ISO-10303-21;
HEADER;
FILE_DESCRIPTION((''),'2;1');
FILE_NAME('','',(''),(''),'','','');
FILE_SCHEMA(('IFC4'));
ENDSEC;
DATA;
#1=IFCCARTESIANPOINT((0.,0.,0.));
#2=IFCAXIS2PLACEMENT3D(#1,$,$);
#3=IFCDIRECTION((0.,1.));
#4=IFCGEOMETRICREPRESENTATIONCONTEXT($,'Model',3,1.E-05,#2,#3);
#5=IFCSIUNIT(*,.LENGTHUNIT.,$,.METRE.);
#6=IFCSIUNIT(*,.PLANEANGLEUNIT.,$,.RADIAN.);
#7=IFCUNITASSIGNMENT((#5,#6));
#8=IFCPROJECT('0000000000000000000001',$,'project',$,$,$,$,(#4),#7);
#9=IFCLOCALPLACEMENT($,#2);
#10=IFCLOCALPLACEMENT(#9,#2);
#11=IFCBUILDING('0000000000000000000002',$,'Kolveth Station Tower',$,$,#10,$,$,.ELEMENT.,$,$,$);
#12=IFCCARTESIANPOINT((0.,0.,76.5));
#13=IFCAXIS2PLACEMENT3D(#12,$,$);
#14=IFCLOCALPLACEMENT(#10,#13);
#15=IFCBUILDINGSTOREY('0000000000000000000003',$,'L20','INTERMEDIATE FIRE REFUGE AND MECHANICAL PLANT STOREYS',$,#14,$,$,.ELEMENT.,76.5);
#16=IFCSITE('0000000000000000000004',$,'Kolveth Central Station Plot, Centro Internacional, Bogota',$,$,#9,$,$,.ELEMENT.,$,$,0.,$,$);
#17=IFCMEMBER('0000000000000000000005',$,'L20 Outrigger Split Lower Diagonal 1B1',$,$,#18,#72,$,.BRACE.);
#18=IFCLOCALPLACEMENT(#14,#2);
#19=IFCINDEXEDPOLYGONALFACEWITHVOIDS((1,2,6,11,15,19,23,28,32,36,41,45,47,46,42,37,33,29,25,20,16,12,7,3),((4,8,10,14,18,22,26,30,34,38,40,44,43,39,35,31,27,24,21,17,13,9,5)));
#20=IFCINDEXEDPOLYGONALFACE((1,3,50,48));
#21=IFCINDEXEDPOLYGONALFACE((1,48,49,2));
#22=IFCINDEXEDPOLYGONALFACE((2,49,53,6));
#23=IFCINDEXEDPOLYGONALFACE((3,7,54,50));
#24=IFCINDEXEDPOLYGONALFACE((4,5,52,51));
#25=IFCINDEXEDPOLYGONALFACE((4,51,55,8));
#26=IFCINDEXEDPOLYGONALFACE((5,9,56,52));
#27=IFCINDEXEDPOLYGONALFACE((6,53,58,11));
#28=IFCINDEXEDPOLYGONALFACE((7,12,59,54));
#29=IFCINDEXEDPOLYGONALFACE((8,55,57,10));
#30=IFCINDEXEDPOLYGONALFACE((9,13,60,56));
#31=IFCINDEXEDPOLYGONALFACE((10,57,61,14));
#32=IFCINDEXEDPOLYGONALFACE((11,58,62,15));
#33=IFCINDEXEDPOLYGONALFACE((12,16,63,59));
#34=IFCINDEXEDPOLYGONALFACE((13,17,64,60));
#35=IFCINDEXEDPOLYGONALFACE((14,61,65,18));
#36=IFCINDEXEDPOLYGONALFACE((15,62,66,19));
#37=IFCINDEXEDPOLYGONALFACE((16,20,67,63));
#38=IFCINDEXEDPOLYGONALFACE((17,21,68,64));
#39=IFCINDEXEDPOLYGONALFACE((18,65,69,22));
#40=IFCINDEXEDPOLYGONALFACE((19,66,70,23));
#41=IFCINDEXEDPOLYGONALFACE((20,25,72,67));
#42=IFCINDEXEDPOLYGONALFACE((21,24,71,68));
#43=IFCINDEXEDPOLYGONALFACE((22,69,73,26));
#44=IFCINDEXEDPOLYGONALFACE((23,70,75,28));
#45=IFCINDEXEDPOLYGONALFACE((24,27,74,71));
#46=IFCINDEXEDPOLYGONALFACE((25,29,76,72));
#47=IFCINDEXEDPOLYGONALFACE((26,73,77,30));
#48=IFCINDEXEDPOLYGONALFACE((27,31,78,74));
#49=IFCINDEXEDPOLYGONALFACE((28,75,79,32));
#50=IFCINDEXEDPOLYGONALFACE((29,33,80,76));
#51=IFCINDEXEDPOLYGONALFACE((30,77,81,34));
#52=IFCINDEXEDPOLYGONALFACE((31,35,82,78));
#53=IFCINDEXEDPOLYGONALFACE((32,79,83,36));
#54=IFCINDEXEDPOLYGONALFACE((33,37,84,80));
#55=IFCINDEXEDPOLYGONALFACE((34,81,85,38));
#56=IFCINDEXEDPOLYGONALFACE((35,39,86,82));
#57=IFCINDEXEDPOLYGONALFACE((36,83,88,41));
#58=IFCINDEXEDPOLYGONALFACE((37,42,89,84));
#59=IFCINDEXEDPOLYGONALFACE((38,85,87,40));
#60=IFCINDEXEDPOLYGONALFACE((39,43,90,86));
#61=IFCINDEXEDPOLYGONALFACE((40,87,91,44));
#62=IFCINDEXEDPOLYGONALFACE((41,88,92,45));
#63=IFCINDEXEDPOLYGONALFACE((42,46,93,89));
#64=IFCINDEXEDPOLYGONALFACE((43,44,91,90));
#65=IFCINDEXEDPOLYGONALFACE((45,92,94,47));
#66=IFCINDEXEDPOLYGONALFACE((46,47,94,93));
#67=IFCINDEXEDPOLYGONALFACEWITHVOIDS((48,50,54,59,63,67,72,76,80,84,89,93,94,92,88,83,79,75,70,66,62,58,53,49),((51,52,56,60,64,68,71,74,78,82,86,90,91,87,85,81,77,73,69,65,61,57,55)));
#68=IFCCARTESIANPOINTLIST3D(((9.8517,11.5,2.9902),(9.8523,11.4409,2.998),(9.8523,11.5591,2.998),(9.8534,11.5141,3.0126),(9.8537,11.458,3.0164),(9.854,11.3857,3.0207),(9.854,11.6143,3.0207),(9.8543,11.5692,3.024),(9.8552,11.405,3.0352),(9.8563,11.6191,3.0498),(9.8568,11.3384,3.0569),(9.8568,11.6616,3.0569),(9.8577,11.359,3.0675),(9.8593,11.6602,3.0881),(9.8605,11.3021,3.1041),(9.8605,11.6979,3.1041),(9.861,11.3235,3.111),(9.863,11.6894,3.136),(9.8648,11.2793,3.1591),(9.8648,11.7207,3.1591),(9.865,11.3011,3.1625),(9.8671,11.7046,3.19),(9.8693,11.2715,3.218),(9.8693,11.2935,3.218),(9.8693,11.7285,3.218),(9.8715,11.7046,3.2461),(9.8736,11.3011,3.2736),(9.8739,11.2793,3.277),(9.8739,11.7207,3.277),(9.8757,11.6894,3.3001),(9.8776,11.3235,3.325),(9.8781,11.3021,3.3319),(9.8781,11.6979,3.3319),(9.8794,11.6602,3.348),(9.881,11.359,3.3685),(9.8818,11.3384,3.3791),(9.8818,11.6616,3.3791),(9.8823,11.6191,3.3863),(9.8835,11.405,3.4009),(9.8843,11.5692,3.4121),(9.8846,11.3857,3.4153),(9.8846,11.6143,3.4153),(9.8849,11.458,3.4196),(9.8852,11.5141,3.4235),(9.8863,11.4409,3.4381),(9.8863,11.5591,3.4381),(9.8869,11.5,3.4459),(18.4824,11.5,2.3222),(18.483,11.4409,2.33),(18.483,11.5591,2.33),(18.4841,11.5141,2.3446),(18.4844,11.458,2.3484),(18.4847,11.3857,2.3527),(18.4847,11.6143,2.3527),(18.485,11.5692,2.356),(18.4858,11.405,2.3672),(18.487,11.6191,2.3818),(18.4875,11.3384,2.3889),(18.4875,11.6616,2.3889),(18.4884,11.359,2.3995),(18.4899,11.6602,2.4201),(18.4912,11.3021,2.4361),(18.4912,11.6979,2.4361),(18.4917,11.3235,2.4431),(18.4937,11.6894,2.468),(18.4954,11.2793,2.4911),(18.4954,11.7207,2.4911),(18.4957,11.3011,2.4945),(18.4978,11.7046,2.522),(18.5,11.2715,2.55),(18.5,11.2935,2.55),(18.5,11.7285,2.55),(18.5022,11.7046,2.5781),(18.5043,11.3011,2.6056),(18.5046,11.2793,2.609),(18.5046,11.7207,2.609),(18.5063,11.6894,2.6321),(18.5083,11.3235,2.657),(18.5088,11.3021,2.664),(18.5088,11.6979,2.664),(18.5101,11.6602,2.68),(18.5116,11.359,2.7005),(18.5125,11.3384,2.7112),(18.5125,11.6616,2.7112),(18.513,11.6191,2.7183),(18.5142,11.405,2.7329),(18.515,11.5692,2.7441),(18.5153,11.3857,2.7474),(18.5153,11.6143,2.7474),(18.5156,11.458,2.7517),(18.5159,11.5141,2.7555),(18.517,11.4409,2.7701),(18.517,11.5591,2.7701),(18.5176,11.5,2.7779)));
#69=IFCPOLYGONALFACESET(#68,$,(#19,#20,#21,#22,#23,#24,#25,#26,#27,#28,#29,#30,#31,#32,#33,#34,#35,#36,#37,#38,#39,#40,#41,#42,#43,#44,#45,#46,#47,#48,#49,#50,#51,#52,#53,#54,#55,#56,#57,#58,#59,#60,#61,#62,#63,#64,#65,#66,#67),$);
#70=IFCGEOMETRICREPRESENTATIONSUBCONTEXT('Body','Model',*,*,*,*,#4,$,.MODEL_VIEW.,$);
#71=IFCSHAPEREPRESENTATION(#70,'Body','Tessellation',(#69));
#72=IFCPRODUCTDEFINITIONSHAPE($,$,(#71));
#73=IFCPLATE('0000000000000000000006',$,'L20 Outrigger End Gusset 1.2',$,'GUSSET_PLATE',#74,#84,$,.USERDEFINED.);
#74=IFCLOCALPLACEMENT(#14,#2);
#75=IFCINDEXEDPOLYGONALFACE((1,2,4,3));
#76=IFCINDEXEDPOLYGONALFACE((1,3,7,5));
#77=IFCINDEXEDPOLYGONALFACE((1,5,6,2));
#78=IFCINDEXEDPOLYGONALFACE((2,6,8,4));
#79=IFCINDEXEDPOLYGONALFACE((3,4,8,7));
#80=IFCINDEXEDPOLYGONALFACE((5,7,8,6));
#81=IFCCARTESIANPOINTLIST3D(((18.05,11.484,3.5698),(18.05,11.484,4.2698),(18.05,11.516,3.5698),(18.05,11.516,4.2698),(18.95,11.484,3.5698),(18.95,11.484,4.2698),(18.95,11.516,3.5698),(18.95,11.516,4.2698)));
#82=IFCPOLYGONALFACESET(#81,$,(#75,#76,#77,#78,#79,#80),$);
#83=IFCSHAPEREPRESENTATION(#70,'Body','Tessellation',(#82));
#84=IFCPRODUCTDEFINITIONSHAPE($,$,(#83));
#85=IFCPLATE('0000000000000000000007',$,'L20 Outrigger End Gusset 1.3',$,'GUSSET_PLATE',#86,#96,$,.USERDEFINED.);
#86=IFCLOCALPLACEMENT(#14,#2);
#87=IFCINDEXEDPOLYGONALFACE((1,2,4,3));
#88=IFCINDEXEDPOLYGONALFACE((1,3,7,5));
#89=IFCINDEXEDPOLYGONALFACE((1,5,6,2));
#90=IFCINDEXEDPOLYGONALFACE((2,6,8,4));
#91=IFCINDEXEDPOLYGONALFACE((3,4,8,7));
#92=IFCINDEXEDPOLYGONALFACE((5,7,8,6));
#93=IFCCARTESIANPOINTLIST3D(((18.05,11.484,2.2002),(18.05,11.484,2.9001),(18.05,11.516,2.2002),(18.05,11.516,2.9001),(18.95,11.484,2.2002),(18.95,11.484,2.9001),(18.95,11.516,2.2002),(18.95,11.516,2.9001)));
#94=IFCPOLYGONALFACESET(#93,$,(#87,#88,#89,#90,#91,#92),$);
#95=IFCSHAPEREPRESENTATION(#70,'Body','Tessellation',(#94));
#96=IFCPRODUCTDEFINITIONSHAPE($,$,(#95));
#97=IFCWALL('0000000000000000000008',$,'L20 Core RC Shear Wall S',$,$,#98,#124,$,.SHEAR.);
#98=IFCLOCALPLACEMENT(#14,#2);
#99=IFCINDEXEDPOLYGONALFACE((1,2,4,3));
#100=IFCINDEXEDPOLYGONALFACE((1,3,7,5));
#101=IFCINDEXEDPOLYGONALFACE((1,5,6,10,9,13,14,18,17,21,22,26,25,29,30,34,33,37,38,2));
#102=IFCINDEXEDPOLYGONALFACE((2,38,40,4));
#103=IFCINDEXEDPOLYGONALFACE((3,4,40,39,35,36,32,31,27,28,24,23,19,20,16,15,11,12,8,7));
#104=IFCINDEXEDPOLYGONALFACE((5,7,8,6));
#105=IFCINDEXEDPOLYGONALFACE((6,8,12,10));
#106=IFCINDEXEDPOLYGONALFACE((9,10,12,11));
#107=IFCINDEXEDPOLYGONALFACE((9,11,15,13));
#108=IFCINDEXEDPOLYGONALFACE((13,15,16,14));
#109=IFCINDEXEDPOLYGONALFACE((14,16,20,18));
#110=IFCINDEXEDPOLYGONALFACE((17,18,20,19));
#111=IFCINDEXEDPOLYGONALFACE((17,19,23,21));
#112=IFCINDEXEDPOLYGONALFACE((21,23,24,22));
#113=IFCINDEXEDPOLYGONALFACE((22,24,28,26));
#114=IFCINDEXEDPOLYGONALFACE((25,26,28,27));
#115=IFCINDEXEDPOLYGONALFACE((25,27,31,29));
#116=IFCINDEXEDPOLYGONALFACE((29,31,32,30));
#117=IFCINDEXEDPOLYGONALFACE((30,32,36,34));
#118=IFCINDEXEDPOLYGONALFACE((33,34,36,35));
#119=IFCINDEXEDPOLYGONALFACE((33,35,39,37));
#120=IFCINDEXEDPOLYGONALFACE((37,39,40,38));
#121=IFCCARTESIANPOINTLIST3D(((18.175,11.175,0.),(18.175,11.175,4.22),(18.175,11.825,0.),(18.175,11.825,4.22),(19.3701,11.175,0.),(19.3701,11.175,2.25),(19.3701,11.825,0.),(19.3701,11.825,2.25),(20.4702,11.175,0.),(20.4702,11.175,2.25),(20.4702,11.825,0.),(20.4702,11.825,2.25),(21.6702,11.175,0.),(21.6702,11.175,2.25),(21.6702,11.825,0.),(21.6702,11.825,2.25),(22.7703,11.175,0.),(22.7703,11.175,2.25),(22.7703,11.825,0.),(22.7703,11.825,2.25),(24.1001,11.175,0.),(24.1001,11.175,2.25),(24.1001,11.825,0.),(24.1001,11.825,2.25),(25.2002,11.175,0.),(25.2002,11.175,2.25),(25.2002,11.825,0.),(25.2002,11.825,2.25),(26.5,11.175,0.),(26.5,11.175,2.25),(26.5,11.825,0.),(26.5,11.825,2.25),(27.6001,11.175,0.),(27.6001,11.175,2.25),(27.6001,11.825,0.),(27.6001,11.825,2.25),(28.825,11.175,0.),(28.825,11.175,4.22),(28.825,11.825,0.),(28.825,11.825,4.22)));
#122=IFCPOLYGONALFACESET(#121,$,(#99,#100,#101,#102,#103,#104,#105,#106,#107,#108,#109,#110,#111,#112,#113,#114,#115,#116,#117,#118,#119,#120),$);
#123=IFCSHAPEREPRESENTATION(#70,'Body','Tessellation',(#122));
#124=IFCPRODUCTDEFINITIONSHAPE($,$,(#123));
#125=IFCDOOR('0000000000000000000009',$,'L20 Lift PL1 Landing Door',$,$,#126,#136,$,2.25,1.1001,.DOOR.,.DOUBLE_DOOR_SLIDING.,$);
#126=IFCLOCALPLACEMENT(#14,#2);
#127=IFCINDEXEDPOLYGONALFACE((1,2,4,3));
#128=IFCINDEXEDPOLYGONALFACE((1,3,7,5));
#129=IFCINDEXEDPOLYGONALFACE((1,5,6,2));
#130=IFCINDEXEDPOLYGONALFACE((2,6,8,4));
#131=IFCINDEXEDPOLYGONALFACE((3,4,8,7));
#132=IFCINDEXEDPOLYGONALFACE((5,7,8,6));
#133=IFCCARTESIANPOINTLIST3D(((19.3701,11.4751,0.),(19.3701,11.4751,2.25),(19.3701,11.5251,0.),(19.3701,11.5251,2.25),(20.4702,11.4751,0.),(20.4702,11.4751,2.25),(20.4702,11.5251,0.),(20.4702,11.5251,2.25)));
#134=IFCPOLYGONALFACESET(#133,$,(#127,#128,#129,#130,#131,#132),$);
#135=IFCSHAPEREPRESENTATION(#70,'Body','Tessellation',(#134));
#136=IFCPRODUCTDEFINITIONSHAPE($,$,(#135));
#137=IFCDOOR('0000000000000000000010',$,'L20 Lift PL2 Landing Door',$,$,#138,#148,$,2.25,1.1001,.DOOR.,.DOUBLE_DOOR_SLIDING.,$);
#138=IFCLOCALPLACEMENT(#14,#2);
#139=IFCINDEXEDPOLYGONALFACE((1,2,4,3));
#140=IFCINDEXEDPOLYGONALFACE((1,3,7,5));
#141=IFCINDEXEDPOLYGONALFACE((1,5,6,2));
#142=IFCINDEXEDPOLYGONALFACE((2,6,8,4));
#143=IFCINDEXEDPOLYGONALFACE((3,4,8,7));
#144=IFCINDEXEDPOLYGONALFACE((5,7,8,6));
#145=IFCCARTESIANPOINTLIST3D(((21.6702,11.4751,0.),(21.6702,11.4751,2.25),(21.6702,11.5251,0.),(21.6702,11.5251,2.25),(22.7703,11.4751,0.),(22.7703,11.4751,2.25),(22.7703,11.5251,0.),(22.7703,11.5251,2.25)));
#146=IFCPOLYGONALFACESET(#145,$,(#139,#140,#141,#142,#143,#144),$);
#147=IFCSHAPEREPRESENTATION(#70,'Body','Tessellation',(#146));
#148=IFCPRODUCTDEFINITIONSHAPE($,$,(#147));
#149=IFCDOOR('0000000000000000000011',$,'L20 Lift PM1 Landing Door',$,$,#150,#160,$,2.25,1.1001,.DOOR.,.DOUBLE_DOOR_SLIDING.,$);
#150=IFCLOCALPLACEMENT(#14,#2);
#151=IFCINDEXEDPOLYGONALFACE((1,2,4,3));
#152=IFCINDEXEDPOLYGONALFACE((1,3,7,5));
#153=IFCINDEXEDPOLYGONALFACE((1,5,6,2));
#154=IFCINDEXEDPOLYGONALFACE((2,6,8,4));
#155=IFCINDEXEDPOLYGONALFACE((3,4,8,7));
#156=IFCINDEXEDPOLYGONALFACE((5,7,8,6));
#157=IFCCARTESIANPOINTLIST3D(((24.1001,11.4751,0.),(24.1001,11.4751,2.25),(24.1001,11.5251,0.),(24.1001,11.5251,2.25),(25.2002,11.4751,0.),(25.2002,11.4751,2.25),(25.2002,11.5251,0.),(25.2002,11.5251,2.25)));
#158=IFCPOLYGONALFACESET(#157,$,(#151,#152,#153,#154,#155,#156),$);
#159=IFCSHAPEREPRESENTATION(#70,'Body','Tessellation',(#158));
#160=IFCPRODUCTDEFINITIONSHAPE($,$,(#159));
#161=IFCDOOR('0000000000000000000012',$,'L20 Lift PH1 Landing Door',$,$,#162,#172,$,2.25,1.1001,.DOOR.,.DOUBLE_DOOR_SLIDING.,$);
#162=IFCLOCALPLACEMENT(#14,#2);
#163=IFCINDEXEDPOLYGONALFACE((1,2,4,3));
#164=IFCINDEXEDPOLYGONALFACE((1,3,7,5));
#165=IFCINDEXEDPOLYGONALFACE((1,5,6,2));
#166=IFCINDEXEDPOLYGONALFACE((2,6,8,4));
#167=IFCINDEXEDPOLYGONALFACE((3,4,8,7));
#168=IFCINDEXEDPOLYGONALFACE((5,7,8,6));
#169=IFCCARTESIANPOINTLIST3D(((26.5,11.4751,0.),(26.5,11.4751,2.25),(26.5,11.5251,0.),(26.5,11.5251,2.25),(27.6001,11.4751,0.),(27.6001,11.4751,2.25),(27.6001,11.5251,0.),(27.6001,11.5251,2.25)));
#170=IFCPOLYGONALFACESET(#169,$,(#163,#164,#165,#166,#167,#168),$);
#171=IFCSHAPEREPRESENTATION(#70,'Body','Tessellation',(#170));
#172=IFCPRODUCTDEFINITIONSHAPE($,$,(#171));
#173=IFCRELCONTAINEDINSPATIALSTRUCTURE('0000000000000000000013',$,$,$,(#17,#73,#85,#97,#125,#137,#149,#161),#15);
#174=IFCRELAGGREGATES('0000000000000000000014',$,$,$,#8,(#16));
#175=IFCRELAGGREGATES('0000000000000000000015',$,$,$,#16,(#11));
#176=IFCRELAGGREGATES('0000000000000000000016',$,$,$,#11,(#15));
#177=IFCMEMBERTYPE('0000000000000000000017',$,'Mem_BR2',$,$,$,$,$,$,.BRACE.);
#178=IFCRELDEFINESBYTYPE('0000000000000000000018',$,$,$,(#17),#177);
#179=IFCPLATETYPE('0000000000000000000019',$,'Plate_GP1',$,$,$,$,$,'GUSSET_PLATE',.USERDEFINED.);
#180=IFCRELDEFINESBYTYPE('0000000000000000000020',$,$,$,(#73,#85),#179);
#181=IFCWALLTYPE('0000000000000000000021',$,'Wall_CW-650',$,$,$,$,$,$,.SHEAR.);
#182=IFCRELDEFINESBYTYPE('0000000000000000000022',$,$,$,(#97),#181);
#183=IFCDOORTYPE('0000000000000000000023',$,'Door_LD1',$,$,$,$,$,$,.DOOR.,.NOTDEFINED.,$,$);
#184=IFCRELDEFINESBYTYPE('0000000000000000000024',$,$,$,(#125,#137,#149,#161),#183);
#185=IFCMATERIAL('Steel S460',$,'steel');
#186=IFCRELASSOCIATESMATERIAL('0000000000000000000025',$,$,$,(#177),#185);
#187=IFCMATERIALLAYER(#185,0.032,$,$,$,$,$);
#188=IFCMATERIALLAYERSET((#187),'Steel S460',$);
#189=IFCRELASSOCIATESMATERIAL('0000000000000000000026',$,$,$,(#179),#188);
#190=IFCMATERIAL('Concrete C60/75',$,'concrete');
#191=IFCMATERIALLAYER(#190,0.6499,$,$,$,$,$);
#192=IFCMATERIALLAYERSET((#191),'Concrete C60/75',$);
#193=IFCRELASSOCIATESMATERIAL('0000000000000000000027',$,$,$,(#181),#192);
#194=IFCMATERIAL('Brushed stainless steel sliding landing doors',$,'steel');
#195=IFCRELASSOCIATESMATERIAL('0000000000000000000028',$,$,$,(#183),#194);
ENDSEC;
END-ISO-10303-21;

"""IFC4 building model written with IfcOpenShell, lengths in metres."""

from ifc_helpers import new_model, si_unit, direction, frame, frame_2d, origin, origin_2d, place, context, subcontext, project, spatial, rectangle, hollow_circle, extrude, source, transform, mapped, material, layer, layer_set, material_profile, profile_set, type_object, element, fill, save


model = new_model("IFC4")

# Units and contexts
model_context = context("Model", 3, precision=1e-05, world=origin(), true_north=direction((0.0, 1.0)))
body_context = subcontext(model_context, "Body", "Model", "MODEL_VIEW")
ifc_project = project(units=[si_unit("LENGTHUNIT", "METRE"), si_unit("PLANEANGLEUNIT", "RADIAN")], contexts=[model_context])

# Site, building, storey
site_placement = place(None, origin())
site = spatial("IfcSite", under=ifc_project, at=site_placement, Name="Kolveth Central Station Plot, Centro Internacional, Bogota", CompositionType="ELEMENT", RefElevation=0.0)
building_placement = place(site_placement, origin())
building = spatial("IfcBuilding", under=site, at=building_placement, Name="Kolveth Station Tower", CompositionType="ELEMENT")
storey_placement = place(building_placement, frame((0.0, 0.0, 76.5)))
storey = spatial("IfcBuildingStorey", under=building, at=storey_placement, Name="L20", Description="INTERMEDIATE FIRE REFUGE AND MECHANICAL PLANT STOREYS", CompositionType="ELEMENT", Elevation=76.5)

# Shared definitions
ifc_material_1 = material(Name="Steel S460", Category="steel")

# Member
ifc_material_profile_1 = material_profile(ifc_material_1, hollow_circle(Radius=0.2285, WallThickness=0.022, at=origin_2d()), Name="CHS457x22")
ifc_profile_set_1 = profile_set([ifc_material_profile_1], Name="Steel S460")
member_type = type_object("IfcMemberType", Name="Mem_BR2", PredefinedType="BRACE", material=ifc_profile_set_1)
shared_shape_1 = source(origin(), body_context, "Body", "SweptSolid", [
    extrude(hollow_circle(Radius=0.2285, WallThickness=0.022, at=origin_2d()), origin(), (0.0, 0.0, 1.0), 8.6565),
])
member_placement = place(storey_placement, frame((18.5, 11.5, 2.55), z_axis=(-0.997018, 0.0, 0.077165), x_axis=(0.0, -1.0, 0.0)))
element("IfcMember", 1, at=member_placement, inside=storey, type_object=member_type, Name="L20 Outrigger Split Lower Diagonal 1B1", PredefinedType="BRACE", context=body_context, shape_type="MappedRepresentation", body=[
    mapped(shared_shape_1, transform((0.0, 0.0, 0.0), x_axis=(1.0, 0.0, 0.0), y_axis=(0.0, 1.0, 0.0), z_axis=(0.0, 0.0, 1.0), scale=1.0)),
])

# Plates
ifc_layer_1 = layer(ifc_material_1, 0.032)
ifc_layer_set_1 = layer_set([ifc_layer_1], Name="Steel S460")
plate_type = type_object("IfcPlateType", Name="Plate_GP1", ElementType="GUSSET_PLATE", PredefinedType="USERDEFINED", material=ifc_layer_set_1)
shared_shape_2 = source(origin(), body_context, "Body", "SweptSolid", [
    extrude(rectangle(XDim=0.8999, YDim=0.032, at=origin_2d()), origin(), (0.0, 0.0, 1.0), 0.7),
])
for number, where, z_axis, x_axis, name in (
    (2, (18.5, 11.5, 3.5698), (0.0, 0.0, 1.0), (1.0, 0.0, 0.0), "L20 Outrigger End Gusset 1.2"),
    (3, (18.5, 11.5, 2.2002), (0.0, 0.0, 1.0), (1.0, 0.0, 0.0), "L20 Outrigger End Gusset 1.3"),
):
    element("IfcPlate", number, at=place(storey_placement, frame(where, z_axis=z_axis, x_axis=x_axis)), inside=storey, type_object=plate_type, Name=name, ObjectType="GUSSET_PLATE", PredefinedType="USERDEFINED", context=body_context, shape_type="MappedRepresentation", body=[
        mapped(shared_shape_2, transform((0.0, 0.0, 0.0), x_axis=(1.0, 0.0, 0.0), y_axis=(0.0, 1.0, 0.0), z_axis=(0.0, 0.0, 1.0), scale=1.0)),
    ])

# Wall, openings, doors
ifc_material_2 = material(Name="Concrete C60/75", Category="concrete")
ifc_layer_2 = layer(ifc_material_2, 0.6499)
ifc_layer_set_2 = layer_set([ifc_layer_2], Name="Concrete C60/75")
wall_type_1 = type_object("IfcWallType", Name="Wall_CW-650", PredefinedType="SHEAR", material=ifc_layer_set_2)
wall_1_placement = place(storey_placement, frame((18.175, 11.5, 0.0), z_axis=(0.0, 0.0, 1.0), x_axis=(1.0, 0.0, 0.0)))
wall_1 = element("IfcWall", 4, at=wall_1_placement, inside=storey, type_object=wall_type_1, Name="L20 Core RC Shear Wall S", PredefinedType="SHEAR", context=body_context, shape_type="SweptSolid", body=[
    extrude(rectangle(XDim=10.6499, YDim=0.6499, at=frame_2d((5.325, 0.0))), origin(), (0.0, 0.0, 1.0), 4.22),
])
opening_1_placement = place(wall_1_placement, frame((1.1951, 0.0, 0.0)))
opening_1 = element("IfcOpeningElement", 5, at=opening_1_placement, cuts=wall_1, PredefinedType="OPENING", context=body_context, shape_type="SweptSolid", body=[
    extrude(rectangle(XDim=1.1001, YDim=2.25, at=frame_2d((0.55, 1.125))), frame((0.0, 0.335, 0.0), z_axis=(0.0, -1.0, 0.0), x_axis=(1.0, 0.0, 0.0)), (0.0, 0.0, 1.0), 0.6699),
])
opening_2_placement = place(wall_1_placement, frame((3.4951, 0.0, 0.0)))
opening_2 = element("IfcOpeningElement", 6, at=opening_2_placement, cuts=wall_1, PredefinedType="OPENING", context=body_context, shape_type="SweptSolid", body=[
    extrude(rectangle(XDim=1.1001, YDim=2.25, at=frame_2d((0.55, 1.125))), frame((0.0, 0.335, 0.0), z_axis=(0.0, -1.0, 0.0), x_axis=(1.0, 0.0, 0.0)), (0.0, 0.0, 1.0), 0.6699),
])
opening_3_placement = place(wall_1_placement, frame((5.925, 0.0, 0.0)))
opening_3 = element("IfcOpeningElement", 7, at=opening_3_placement, cuts=wall_1, PredefinedType="OPENING", context=body_context, shape_type="SweptSolid", body=[
    extrude(rectangle(XDim=1.1001, YDim=2.25, at=frame_2d((0.55, 1.125))), frame((0.0, 0.335, 0.0), z_axis=(0.0, -1.0, 0.0), x_axis=(1.0, 0.0, 0.0)), (0.0, 0.0, 1.0), 0.6699),
])
opening_4_placement = place(wall_1_placement, frame((8.325, 0.0, 0.0)))
opening_4 = element("IfcOpeningElement", 8, at=opening_4_placement, cuts=wall_1, PredefinedType="OPENING", context=body_context, shape_type="SweptSolid", body=[
    extrude(rectangle(XDim=1.1001, YDim=2.25, at=frame_2d((0.55, 1.125))), frame((0.0, 0.335, 0.0), z_axis=(0.0, -1.0, 0.0), x_axis=(1.0, 0.0, 0.0)), (0.0, 0.0, 1.0), 0.6699),
])
ifc_material_3 = material(Name="Brushed stainless steel sliding landing doors", Category="steel")
door_type_1 = type_object("IfcDoorType", Name="Door_LD1", OperationType="NOTDEFINED", PredefinedType="DOOR", material=ifc_material_3)
door_1_placement = place(opening_1_placement, frame((1.1001, 0.0, 0.0), z_axis=(0.0, 0.0, 1.0), x_axis=(-1.0, 0.0, 0.0)))
door_1 = element("IfcDoor", 9, at=door_1_placement, inside=storey, type_object=door_type_1, Name="L20 Lift PL1 Landing Door", OperationType="DOUBLE_DOOR_SLIDING", OverallHeight=2.25, OverallWidth=1.1001, PredefinedType="DOOR", context=body_context, shape_type="SweptSolid", body=[
    extrude(rectangle(XDim=1.1001, YDim=2.25, at=frame_2d((0.55, 1.125))), frame((0.0, 0.0249, 0.0), z_axis=(0.0, -1.0, 0.0), x_axis=(1.0, 0.0, 0.0)), (0.0, 0.0, 1.0), 0.05),
])
fill(opening_1, door_1)
door_2_placement = place(opening_2_placement, frame((1.1001, 0.0, 0.0), z_axis=(0.0, 0.0, 1.0), x_axis=(-1.0, 0.0, 0.0)))
door_2 = element("IfcDoor", 10, at=door_2_placement, inside=storey, type_object=door_type_1, Name="L20 Lift PL2 Landing Door", OperationType="DOUBLE_DOOR_SLIDING", OverallHeight=2.25, OverallWidth=1.1001, PredefinedType="DOOR", context=body_context, shape_type="SweptSolid", body=[
    extrude(rectangle(XDim=1.1001, YDim=2.25, at=frame_2d((0.55, 1.125))), frame((0.0, 0.0249, 0.0), z_axis=(0.0, -1.0, 0.0), x_axis=(1.0, 0.0, 0.0)), (0.0, 0.0, 1.0), 0.05),
])
fill(opening_2, door_2)
door_3_placement = place(opening_3_placement, frame((1.1001, 0.0, 0.0), z_axis=(0.0, 0.0, 1.0), x_axis=(-1.0, 0.0, 0.0)))
door_3 = element("IfcDoor", 11, at=door_3_placement, inside=storey, type_object=door_type_1, Name="L20 Lift PM1 Landing Door", OperationType="DOUBLE_DOOR_SLIDING", OverallHeight=2.25, OverallWidth=1.1001, PredefinedType="DOOR", context=body_context, shape_type="SweptSolid", body=[
    extrude(rectangle(XDim=1.1001, YDim=2.25, at=frame_2d((0.55, 1.125))), frame((0.0, 0.0249, 0.0), z_axis=(0.0, -1.0, 0.0), x_axis=(1.0, 0.0, 0.0)), (0.0, 0.0, 1.0), 0.05),
])
fill(opening_3, door_3)
door_4_placement = place(opening_4_placement, frame((1.1001, 0.0, 0.0), z_axis=(0.0, 0.0, 1.0), x_axis=(-1.0, 0.0, 0.0)))
door_4 = element("IfcDoor", 12, at=door_4_placement, inside=storey, type_object=door_type_1, Name="L20 Lift PH1 Landing Door", OperationType="DOUBLE_DOOR_SLIDING", OverallHeight=2.25, OverallWidth=1.1001, PredefinedType="DOOR", context=body_context, shape_type="SweptSolid", body=[
    extrude(rectangle(XDim=1.1001, YDim=2.25, at=frame_2d((0.55, 1.125))), frame((0.0, 0.0249, 0.0), z_axis=(0.0, -1.0, 0.0), x_axis=(1.0, 0.0, 0.0)), (0.0, 0.0, 1.0), 0.05),
])
fill(opening_4, door_4)

save(model, "model.ifc")
